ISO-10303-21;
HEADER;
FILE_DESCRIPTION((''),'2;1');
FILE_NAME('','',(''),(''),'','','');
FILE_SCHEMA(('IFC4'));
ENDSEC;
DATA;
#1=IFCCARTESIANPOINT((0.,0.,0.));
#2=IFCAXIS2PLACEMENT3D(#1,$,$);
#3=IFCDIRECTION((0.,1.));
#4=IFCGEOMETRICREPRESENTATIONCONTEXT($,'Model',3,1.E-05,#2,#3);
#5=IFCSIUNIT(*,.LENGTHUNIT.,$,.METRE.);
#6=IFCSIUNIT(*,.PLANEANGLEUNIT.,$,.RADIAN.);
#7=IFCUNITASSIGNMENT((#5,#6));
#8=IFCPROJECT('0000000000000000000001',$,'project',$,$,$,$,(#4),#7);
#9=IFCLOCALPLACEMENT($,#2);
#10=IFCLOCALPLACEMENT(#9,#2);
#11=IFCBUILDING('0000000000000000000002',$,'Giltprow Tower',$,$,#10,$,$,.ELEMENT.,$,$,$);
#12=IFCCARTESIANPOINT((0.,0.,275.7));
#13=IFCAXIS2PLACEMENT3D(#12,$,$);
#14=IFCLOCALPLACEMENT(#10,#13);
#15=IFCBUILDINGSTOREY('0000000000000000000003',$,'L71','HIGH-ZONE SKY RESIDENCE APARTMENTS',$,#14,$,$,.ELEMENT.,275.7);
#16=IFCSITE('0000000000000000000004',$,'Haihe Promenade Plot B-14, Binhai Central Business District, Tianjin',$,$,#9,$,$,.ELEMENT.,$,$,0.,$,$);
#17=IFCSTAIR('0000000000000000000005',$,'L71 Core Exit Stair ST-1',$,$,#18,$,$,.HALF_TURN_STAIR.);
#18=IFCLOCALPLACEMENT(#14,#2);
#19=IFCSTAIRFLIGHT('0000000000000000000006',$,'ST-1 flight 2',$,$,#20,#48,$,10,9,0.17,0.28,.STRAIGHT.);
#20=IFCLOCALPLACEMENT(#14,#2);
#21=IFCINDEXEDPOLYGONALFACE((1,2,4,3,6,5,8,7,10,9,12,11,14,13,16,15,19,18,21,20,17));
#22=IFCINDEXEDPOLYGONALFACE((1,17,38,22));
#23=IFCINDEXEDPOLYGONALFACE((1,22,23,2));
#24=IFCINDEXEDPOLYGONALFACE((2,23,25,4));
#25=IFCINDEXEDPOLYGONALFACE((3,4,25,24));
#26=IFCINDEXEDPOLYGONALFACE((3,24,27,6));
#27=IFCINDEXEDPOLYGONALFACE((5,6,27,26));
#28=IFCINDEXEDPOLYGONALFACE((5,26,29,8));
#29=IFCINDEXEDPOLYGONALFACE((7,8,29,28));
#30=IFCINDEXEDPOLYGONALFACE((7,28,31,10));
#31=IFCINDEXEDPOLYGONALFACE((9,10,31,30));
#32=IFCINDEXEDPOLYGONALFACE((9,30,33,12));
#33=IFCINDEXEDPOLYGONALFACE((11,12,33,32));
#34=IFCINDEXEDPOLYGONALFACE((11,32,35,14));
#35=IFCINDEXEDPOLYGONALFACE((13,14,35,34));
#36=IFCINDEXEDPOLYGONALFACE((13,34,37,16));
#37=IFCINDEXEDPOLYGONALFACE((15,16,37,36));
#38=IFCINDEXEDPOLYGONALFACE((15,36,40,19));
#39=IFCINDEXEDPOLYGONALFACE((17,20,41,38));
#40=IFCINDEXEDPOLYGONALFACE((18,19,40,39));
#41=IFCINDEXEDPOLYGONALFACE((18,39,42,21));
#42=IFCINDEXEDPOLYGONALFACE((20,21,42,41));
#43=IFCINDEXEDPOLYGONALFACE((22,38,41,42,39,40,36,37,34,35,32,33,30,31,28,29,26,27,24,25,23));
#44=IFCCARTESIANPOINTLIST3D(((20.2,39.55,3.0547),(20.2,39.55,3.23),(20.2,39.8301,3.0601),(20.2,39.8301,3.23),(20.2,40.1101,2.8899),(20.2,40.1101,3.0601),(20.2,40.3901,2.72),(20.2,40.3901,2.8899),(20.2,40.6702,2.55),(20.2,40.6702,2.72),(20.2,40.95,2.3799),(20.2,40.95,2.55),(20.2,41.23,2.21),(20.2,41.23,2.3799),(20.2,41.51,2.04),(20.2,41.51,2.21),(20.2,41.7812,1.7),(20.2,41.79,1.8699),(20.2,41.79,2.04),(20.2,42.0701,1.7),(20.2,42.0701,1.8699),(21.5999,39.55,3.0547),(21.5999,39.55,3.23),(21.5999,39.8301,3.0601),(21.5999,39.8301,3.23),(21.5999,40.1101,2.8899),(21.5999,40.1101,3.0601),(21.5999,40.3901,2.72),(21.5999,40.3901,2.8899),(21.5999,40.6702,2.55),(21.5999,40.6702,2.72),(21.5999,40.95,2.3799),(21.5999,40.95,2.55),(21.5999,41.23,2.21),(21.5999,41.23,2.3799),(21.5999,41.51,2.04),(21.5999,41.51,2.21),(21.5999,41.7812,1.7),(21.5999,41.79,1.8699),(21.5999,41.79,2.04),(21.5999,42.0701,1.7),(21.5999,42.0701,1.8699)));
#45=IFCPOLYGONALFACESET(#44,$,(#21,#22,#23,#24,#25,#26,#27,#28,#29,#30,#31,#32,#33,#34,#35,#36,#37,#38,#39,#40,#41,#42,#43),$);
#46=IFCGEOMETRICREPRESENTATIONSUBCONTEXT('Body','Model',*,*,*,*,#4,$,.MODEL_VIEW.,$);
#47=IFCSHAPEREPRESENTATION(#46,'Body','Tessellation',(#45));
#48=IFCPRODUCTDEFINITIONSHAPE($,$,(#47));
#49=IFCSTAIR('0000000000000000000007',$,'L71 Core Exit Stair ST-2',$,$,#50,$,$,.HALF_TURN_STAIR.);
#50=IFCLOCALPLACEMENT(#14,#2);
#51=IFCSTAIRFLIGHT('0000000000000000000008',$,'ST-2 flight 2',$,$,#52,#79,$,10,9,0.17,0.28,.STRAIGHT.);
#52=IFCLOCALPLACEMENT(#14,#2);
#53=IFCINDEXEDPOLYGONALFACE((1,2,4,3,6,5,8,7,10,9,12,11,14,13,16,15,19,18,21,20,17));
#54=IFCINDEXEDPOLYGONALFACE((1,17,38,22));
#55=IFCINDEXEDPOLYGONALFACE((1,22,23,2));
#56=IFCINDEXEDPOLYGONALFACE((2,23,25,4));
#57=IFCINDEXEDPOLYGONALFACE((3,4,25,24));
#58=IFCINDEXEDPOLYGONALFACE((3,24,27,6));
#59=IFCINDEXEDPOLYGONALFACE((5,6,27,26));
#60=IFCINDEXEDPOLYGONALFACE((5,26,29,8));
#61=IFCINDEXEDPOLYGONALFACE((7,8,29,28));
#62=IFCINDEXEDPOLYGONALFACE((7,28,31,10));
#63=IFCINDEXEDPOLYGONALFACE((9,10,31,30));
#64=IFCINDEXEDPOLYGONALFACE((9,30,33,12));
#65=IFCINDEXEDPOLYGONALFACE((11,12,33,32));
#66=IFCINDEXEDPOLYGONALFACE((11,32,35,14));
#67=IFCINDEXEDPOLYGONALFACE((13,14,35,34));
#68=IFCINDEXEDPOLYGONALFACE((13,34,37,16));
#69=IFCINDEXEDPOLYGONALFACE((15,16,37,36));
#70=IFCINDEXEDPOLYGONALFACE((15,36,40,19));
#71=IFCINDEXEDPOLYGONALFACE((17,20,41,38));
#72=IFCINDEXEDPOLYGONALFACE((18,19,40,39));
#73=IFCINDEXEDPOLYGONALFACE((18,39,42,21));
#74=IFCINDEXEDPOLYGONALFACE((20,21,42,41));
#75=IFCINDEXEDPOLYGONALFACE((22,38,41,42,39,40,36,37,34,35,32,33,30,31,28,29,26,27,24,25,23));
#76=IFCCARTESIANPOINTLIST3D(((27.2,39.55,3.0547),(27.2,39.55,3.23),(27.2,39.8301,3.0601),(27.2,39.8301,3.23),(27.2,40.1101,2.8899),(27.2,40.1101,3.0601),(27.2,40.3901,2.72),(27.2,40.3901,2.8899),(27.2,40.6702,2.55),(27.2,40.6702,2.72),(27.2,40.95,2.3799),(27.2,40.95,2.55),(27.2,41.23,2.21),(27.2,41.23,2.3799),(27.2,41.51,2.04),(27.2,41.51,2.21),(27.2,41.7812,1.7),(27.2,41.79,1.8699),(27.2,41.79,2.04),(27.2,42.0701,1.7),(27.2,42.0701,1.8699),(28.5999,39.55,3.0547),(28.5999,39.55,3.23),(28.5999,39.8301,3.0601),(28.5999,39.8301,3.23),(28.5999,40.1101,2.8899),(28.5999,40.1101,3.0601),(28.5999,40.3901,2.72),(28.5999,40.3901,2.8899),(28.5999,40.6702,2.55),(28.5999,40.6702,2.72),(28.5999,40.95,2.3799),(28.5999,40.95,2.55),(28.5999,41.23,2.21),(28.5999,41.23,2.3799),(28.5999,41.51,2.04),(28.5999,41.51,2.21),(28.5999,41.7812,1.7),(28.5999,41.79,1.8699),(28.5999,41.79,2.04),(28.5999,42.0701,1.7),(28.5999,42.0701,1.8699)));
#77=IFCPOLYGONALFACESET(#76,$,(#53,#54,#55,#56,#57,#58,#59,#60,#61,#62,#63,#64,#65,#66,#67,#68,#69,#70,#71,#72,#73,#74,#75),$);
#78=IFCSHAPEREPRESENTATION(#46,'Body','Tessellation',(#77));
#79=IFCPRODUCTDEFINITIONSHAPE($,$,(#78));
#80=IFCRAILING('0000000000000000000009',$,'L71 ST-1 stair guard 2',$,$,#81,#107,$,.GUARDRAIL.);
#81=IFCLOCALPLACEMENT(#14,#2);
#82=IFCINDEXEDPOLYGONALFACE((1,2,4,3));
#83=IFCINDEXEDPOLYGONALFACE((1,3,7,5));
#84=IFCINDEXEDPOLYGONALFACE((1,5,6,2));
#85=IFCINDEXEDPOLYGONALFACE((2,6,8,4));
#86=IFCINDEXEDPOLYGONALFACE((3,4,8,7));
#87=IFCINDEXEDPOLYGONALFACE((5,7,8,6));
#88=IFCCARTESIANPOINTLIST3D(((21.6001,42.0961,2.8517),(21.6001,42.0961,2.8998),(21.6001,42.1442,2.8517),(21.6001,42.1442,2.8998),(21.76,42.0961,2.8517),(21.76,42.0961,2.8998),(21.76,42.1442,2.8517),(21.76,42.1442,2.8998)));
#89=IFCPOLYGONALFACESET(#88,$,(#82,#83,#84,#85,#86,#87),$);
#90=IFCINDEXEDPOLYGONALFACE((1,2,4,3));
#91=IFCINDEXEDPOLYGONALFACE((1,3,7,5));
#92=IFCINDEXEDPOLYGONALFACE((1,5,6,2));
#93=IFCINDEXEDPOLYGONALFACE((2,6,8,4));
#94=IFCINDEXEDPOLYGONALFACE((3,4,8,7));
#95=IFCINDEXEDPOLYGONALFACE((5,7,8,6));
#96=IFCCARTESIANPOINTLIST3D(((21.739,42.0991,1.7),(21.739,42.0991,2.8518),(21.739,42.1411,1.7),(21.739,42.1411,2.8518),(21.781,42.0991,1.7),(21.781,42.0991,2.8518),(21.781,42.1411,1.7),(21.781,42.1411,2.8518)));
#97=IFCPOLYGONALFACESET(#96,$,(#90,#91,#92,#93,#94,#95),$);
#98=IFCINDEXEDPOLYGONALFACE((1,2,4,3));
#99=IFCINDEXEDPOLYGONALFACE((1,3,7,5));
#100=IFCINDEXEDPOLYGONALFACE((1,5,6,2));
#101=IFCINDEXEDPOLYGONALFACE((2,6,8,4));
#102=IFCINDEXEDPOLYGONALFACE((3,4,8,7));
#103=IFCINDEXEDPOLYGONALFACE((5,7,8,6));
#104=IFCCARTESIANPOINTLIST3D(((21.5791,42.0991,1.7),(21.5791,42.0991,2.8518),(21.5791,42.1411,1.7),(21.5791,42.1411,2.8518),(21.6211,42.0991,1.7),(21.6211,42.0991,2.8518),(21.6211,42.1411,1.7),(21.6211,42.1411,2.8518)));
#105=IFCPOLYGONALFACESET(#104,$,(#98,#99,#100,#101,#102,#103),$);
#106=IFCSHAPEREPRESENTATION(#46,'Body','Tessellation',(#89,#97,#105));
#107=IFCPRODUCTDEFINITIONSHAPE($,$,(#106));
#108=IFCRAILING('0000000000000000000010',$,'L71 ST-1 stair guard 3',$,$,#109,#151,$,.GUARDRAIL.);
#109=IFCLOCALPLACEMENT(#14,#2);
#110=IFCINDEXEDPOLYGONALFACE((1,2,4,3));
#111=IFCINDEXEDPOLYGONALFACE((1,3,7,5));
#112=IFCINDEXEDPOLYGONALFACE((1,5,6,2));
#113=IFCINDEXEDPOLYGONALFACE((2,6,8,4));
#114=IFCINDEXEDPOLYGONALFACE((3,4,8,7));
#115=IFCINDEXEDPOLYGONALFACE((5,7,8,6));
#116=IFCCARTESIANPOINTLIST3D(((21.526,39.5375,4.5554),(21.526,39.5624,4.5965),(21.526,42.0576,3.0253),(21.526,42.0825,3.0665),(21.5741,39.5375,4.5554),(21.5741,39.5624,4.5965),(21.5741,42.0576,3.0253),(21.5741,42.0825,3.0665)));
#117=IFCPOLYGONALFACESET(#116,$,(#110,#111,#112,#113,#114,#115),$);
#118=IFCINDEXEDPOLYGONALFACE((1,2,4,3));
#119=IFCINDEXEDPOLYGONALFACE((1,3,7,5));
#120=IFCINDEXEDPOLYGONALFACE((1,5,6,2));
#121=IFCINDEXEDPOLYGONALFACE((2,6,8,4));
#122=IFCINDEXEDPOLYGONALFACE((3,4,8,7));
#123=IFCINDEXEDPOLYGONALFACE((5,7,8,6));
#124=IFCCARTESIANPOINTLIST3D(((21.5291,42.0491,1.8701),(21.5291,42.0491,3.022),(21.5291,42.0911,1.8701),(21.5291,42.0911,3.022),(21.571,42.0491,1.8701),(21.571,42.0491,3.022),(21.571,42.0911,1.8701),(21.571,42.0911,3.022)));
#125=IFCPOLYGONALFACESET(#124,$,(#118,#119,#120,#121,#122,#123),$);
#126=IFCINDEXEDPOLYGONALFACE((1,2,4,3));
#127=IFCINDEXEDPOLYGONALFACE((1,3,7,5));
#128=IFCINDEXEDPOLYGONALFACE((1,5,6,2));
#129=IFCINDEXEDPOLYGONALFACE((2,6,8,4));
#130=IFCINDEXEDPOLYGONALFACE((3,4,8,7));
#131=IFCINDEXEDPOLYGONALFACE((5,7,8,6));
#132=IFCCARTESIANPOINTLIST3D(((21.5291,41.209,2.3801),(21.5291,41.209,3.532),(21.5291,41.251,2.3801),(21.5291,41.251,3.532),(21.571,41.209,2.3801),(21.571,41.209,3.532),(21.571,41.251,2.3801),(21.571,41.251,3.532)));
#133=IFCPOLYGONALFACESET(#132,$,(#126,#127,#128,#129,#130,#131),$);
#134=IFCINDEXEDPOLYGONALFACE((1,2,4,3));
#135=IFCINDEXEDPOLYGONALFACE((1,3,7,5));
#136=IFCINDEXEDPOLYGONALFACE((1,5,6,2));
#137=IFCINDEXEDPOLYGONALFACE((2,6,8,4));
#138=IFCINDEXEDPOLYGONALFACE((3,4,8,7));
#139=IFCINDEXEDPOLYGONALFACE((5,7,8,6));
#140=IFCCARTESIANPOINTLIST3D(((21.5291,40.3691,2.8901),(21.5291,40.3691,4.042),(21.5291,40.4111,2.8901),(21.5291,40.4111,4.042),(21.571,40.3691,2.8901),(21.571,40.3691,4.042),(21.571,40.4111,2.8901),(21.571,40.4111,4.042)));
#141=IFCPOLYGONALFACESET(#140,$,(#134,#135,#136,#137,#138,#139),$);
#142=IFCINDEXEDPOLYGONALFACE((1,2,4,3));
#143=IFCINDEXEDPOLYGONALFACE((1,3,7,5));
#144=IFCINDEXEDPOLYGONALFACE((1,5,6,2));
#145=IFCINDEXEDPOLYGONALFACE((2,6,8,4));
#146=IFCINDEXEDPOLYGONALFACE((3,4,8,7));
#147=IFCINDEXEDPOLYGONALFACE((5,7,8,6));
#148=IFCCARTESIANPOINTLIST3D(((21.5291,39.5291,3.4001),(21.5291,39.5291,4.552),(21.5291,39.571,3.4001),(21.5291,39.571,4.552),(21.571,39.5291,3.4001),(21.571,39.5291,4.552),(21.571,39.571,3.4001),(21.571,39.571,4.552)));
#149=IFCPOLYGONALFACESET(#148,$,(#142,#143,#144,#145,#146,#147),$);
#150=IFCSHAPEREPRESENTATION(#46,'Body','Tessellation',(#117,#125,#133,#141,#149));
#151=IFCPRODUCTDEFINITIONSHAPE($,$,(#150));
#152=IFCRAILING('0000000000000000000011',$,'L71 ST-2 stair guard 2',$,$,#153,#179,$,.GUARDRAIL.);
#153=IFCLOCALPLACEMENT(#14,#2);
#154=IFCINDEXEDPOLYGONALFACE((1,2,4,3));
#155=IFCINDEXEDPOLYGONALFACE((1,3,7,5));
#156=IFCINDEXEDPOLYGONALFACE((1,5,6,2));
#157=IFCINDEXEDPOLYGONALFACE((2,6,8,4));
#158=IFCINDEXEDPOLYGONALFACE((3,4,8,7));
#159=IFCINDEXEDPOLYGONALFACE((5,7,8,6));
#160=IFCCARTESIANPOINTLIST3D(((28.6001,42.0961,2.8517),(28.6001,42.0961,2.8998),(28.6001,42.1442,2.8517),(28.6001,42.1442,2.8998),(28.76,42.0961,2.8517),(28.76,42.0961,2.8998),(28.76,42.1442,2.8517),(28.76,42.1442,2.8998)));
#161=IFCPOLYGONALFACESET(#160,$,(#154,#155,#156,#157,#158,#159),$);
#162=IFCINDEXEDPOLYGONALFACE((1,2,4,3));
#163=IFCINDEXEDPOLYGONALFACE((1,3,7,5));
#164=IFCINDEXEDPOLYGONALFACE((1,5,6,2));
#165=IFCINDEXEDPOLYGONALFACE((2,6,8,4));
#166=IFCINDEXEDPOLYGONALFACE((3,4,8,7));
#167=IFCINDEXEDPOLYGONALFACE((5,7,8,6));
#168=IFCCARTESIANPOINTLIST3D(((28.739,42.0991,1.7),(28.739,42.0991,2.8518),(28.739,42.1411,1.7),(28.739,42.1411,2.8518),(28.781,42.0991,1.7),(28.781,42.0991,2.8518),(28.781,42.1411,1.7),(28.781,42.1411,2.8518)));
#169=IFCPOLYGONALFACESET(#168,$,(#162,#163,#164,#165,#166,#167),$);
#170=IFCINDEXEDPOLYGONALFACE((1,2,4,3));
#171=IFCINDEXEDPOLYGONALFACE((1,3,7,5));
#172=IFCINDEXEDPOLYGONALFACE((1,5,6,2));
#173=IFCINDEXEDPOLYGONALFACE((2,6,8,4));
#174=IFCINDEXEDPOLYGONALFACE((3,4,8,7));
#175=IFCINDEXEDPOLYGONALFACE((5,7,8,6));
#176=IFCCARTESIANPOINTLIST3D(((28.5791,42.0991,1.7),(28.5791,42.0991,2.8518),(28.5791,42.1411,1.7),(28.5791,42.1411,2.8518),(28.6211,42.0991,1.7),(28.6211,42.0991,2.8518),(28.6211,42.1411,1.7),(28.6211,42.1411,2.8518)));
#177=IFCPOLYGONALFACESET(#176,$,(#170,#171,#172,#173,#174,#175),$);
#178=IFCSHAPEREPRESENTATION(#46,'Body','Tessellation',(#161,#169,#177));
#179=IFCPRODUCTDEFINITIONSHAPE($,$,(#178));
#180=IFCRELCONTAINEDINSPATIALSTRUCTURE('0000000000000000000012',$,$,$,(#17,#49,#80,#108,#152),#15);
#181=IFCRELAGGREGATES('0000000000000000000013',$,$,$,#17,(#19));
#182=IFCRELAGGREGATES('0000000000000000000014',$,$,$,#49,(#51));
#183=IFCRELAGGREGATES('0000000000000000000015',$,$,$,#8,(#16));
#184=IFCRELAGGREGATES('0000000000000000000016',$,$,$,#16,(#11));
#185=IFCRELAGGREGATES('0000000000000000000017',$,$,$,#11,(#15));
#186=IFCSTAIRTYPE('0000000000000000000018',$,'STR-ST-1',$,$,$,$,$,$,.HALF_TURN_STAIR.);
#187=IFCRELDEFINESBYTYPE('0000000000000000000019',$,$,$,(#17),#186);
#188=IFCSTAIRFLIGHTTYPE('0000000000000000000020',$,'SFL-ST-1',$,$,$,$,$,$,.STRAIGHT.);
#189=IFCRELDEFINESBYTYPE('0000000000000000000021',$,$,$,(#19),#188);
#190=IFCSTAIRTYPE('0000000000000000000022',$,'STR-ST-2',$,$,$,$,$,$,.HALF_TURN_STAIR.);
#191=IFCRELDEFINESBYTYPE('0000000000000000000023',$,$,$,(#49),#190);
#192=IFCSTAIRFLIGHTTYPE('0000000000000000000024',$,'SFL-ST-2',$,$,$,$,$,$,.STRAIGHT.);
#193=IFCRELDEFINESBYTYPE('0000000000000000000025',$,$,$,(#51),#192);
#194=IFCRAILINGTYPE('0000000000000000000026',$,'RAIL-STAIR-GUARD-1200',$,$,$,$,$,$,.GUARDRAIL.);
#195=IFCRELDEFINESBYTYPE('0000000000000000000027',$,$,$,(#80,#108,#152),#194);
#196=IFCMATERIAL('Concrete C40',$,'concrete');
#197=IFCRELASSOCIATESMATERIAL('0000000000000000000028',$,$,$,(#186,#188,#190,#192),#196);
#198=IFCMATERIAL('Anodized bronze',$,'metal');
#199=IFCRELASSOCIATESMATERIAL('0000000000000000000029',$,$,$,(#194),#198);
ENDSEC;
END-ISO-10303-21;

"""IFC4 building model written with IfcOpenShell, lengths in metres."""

from ifc_helpers import new_model, si_unit, direction, frame, origin, origin_2d, place, context, subcontext, project, spatial, polyline, rectangle, outline, extrude, material, type_object, element, aggregate, save


model = new_model("IFC4")

# Units and contexts
model_context = context("Model", 3, precision=1e-05, world=origin(), true_north=direction((0.0, 1.0)))
body_context = subcontext(model_context, "Body", "Model", "MODEL_VIEW")
ifc_project = project(units=[si_unit("LENGTHUNIT", "METRE"), si_unit("PLANEANGLEUNIT", "RADIAN")], contexts=[model_context])

# Site, building, storey
site_placement = place(None, origin())
site = spatial("IfcSite", under=ifc_project, at=site_placement, Name="Haihe Promenade Plot B-14, Binhai Central Business District, Tianjin", CompositionType="ELEMENT", RefElevation=0.0)
building_placement = place(site_placement, origin())
building = spatial("IfcBuilding", under=site, at=building_placement, Name="Giltprow Tower", CompositionType="ELEMENT")
storey_placement = place(building_placement, frame((0.0, 0.0, 275.7)))
storey = spatial("IfcBuildingStorey", under=building, at=storey_placement, Name="L71", Description="HIGH-ZONE SKY RESIDENCE APARTMENTS", CompositionType="ELEMENT", Elevation=275.7)

# Shared definitions
ifc_material_1 = material(Name="Concrete C40", Category="concrete")

# Stairs, stair flights
stair_type_1 = type_object("IfcStairType", Name="STR-ST-1", PredefinedType="HALF_TURN_STAIR", material=ifc_material_1)
stair_1_placement = place(storey_placement, origin())
stair_1 = element("IfcStair", 1, at=stair_1_placement, inside=storey, type_object=stair_type_1, Name="L71 Core Exit Stair ST-1", PredefinedType="HALF_TURN_STAIR")
stair_flight_type_1 = type_object("IfcStairFlightType", Name="SFL-ST-1", PredefinedType="STRAIGHT", material=ifc_material_1)
stair_flight_1_placement = place(storey_placement, frame((20.8999, 42.0701, 1.7), z_axis=(0.0, 0.0, 1.0), x_axis=(0.0, -1.0, 0.0)))
stair_flight_1 = element("IfcStairFlight", 2, at=stair_flight_1_placement, type_object=stair_flight_type_1, Name="ST-1 flight 2", NumberOfRisers=10, NumberOfTreads=9, PredefinedType="STRAIGHT", RiserHeight=0.17, TreadLength=0.28, context=body_context, shape_type="SweptSolid", body=[
    extrude(outline(polyline([(0.0, 0.0), (0.0, 0.1699), (0.28, 0.1699), (0.28, 0.3401), (0.5601, 0.3401), (0.5601, 0.51), (0.8401, 0.51), (0.8401, 0.6799), (1.1201, 0.6799), (1.1201, 0.8501), (1.3999, 0.8501), (1.3999, 1.02), (1.6799, 1.02), (1.6799, 1.1899), (1.96, 1.1899), (1.96, 1.3601), (2.24, 1.3601), (2.24, 1.53), (2.52, 1.53), (2.52, 1.7), (2.52, 1.3547), (0.2888, 0.0), (0.0, 0.0)])), frame((0.0, 0.7, 0.0), z_axis=(0.0, -1.0, 0.0), x_axis=(1.0, 0.0, 0.0)), (0.0, 0.0, 1.0), 1.3999),
])
aggregate(stair_1, [stair_flight_1])
stair_type_2 = type_object("IfcStairType", Name="STR-ST-2", PredefinedType="HALF_TURN_STAIR", material=ifc_material_1)
stair_2_placement = place(storey_placement, origin())
stair_2 = element("IfcStair", 3, at=stair_2_placement, inside=storey, type_object=stair_type_2, Name="L71 Core Exit Stair ST-2", PredefinedType="HALF_TURN_STAIR")
stair_flight_type_2 = type_object("IfcStairFlightType", Name="SFL-ST-2", PredefinedType="STRAIGHT", material=ifc_material_1)
stair_flight_2_placement = place(storey_placement, frame((27.8999, 42.0701, 1.7), z_axis=(0.0, 0.0, 1.0), x_axis=(0.0, -1.0, 0.0)))
stair_flight_2 = element("IfcStairFlight", 4, at=stair_flight_2_placement, type_object=stair_flight_type_2, Name="ST-2 flight 2", NumberOfRisers=10, NumberOfTreads=9, PredefinedType="STRAIGHT", RiserHeight=0.17, TreadLength=0.28, context=body_context, shape_type="SweptSolid", body=[
    extrude(outline(polyline([(0.0, 0.0), (0.0, 0.1699), (0.28, 0.1699), (0.28, 0.3401), (0.5601, 0.3401), (0.5601, 0.51), (0.8401, 0.51), (0.8401, 0.6799), (1.1201, 0.6799), (1.1201, 0.8501), (1.3999, 0.8501), (1.3999, 1.02), (1.6799, 1.02), (1.6799, 1.1899), (1.96, 1.1899), (1.96, 1.3601), (2.24, 1.3601), (2.24, 1.53), (2.52, 1.53), (2.52, 1.7), (2.52, 1.3547), (0.2888, 0.0), (0.0, 0.0)])), frame((0.0, 0.7, 0.0), z_axis=(0.0, -1.0, 0.0), x_axis=(1.0, 0.0, 0.0)), (0.0, 0.0, 1.0), 1.3999),
])
aggregate(stair_2, [stair_flight_2])

# Railings
ifc_material_2 = material(Name="Anodized bronze", Category="metal")
railing_type_1 = type_object("IfcRailingType", Name="RAIL-STAIR-GUARD-1200", PredefinedType="GUARDRAIL", material=ifc_material_2)
railing_1_placement = place(storey_placement, frame((21.76, 42.1201, 1.7)))
element("IfcRailing", 5, at=railing_1_placement, inside=storey, type_object=railing_type_1, Name="L71 ST-1 stair guard 2", PredefinedType="GUARDRAIL", context=body_context, shape_type="SweptSolid", body=[
    extrude(rectangle(XDim=0.0481, YDim=0.0481, at=origin_2d()), frame((0.0, 0.0, 1.1758), z_axis=(-1.0, 0.0, 0.0), x_axis=(0.0, -1.0, 0.0)), (0.0, 0.0, 1.0), 0.1599),
    extrude(rectangle(XDim=0.042, YDim=0.042, at=origin_2d()), origin(), (0.0, 0.0, 1.0), 1.1519),
    extrude(rectangle(XDim=0.042, YDim=0.042, at=origin_2d()), frame((-0.1599, 0.0, 0.0)), (0.0, 0.0, 1.0), 1.1519),
])
railing_2_placement = place(storey_placement, frame((21.55, 42.0701, 1.8701)))
element("IfcRailing", 6, at=railing_2_placement, inside=storey, type_object=railing_type_1, Name="L71 ST-1 stair guard 3", PredefinedType="GUARDRAIL", context=body_context, shape_type="SweptSolid", body=[
    extrude(rectangle(XDim=0.0481, YDim=0.0481, at=origin_2d()), frame((0.0, 0.0, 1.1758), z_axis=(0.0, -0.854785, 0.518982), x_axis=(1.0, 0.0, 0.0)), (0.0, 0.0, 1.0), 2.9482),
    extrude(rectangle(XDim=0.042, YDim=0.042, at=origin_2d()), origin(), (0.0, 0.0, 1.0), 1.1519),
    extrude(rectangle(XDim=0.042, YDim=0.042, at=origin_2d()), frame((0.0, -0.8401, 0.51)), (0.0, 0.0, 1.0), 1.1519),
    extrude(rectangle(XDim=0.042, YDim=0.042, at=origin_2d()), frame((0.0, -1.6799, 1.02)), (0.0, 0.0, 1.0), 1.1519),
    extrude(rectangle(XDim=0.042, YDim=0.042, at=origin_2d()), frame((0.0, -2.52, 1.53)), (0.0, 0.0, 1.0), 1.1519),
])
railing_3_placement = place(storey_placement, frame((28.76, 42.1201, 1.7)))
element("IfcRailing", 7, at=railing_3_placement, inside=storey, type_object=railing_type_1, Name="L71 ST-2 stair guard 2", PredefinedType="GUARDRAIL", context=body_context, shape_type="SweptSolid", body=[
    extrude(rectangle(XDim=0.0481, YDim=0.0481, at=origin_2d()), frame((0.0, 0.0, 1.1758), z_axis=(-1.0, 0.0, 0.0), x_axis=(0.0, -1.0, 0.0)), (0.0, 0.0, 1.0), 0.1599),
    extrude(rectangle(XDim=0.042, YDim=0.042, at=origin_2d()), origin(), (0.0, 0.0, 1.0), 1.1519),
    extrude(rectangle(XDim=0.042, YDim=0.042, at=origin_2d()), frame((-0.1599, 0.0, 0.0)), (0.0, 0.0, 1.0), 1.1519),
])

save(model, "model.ifc")
